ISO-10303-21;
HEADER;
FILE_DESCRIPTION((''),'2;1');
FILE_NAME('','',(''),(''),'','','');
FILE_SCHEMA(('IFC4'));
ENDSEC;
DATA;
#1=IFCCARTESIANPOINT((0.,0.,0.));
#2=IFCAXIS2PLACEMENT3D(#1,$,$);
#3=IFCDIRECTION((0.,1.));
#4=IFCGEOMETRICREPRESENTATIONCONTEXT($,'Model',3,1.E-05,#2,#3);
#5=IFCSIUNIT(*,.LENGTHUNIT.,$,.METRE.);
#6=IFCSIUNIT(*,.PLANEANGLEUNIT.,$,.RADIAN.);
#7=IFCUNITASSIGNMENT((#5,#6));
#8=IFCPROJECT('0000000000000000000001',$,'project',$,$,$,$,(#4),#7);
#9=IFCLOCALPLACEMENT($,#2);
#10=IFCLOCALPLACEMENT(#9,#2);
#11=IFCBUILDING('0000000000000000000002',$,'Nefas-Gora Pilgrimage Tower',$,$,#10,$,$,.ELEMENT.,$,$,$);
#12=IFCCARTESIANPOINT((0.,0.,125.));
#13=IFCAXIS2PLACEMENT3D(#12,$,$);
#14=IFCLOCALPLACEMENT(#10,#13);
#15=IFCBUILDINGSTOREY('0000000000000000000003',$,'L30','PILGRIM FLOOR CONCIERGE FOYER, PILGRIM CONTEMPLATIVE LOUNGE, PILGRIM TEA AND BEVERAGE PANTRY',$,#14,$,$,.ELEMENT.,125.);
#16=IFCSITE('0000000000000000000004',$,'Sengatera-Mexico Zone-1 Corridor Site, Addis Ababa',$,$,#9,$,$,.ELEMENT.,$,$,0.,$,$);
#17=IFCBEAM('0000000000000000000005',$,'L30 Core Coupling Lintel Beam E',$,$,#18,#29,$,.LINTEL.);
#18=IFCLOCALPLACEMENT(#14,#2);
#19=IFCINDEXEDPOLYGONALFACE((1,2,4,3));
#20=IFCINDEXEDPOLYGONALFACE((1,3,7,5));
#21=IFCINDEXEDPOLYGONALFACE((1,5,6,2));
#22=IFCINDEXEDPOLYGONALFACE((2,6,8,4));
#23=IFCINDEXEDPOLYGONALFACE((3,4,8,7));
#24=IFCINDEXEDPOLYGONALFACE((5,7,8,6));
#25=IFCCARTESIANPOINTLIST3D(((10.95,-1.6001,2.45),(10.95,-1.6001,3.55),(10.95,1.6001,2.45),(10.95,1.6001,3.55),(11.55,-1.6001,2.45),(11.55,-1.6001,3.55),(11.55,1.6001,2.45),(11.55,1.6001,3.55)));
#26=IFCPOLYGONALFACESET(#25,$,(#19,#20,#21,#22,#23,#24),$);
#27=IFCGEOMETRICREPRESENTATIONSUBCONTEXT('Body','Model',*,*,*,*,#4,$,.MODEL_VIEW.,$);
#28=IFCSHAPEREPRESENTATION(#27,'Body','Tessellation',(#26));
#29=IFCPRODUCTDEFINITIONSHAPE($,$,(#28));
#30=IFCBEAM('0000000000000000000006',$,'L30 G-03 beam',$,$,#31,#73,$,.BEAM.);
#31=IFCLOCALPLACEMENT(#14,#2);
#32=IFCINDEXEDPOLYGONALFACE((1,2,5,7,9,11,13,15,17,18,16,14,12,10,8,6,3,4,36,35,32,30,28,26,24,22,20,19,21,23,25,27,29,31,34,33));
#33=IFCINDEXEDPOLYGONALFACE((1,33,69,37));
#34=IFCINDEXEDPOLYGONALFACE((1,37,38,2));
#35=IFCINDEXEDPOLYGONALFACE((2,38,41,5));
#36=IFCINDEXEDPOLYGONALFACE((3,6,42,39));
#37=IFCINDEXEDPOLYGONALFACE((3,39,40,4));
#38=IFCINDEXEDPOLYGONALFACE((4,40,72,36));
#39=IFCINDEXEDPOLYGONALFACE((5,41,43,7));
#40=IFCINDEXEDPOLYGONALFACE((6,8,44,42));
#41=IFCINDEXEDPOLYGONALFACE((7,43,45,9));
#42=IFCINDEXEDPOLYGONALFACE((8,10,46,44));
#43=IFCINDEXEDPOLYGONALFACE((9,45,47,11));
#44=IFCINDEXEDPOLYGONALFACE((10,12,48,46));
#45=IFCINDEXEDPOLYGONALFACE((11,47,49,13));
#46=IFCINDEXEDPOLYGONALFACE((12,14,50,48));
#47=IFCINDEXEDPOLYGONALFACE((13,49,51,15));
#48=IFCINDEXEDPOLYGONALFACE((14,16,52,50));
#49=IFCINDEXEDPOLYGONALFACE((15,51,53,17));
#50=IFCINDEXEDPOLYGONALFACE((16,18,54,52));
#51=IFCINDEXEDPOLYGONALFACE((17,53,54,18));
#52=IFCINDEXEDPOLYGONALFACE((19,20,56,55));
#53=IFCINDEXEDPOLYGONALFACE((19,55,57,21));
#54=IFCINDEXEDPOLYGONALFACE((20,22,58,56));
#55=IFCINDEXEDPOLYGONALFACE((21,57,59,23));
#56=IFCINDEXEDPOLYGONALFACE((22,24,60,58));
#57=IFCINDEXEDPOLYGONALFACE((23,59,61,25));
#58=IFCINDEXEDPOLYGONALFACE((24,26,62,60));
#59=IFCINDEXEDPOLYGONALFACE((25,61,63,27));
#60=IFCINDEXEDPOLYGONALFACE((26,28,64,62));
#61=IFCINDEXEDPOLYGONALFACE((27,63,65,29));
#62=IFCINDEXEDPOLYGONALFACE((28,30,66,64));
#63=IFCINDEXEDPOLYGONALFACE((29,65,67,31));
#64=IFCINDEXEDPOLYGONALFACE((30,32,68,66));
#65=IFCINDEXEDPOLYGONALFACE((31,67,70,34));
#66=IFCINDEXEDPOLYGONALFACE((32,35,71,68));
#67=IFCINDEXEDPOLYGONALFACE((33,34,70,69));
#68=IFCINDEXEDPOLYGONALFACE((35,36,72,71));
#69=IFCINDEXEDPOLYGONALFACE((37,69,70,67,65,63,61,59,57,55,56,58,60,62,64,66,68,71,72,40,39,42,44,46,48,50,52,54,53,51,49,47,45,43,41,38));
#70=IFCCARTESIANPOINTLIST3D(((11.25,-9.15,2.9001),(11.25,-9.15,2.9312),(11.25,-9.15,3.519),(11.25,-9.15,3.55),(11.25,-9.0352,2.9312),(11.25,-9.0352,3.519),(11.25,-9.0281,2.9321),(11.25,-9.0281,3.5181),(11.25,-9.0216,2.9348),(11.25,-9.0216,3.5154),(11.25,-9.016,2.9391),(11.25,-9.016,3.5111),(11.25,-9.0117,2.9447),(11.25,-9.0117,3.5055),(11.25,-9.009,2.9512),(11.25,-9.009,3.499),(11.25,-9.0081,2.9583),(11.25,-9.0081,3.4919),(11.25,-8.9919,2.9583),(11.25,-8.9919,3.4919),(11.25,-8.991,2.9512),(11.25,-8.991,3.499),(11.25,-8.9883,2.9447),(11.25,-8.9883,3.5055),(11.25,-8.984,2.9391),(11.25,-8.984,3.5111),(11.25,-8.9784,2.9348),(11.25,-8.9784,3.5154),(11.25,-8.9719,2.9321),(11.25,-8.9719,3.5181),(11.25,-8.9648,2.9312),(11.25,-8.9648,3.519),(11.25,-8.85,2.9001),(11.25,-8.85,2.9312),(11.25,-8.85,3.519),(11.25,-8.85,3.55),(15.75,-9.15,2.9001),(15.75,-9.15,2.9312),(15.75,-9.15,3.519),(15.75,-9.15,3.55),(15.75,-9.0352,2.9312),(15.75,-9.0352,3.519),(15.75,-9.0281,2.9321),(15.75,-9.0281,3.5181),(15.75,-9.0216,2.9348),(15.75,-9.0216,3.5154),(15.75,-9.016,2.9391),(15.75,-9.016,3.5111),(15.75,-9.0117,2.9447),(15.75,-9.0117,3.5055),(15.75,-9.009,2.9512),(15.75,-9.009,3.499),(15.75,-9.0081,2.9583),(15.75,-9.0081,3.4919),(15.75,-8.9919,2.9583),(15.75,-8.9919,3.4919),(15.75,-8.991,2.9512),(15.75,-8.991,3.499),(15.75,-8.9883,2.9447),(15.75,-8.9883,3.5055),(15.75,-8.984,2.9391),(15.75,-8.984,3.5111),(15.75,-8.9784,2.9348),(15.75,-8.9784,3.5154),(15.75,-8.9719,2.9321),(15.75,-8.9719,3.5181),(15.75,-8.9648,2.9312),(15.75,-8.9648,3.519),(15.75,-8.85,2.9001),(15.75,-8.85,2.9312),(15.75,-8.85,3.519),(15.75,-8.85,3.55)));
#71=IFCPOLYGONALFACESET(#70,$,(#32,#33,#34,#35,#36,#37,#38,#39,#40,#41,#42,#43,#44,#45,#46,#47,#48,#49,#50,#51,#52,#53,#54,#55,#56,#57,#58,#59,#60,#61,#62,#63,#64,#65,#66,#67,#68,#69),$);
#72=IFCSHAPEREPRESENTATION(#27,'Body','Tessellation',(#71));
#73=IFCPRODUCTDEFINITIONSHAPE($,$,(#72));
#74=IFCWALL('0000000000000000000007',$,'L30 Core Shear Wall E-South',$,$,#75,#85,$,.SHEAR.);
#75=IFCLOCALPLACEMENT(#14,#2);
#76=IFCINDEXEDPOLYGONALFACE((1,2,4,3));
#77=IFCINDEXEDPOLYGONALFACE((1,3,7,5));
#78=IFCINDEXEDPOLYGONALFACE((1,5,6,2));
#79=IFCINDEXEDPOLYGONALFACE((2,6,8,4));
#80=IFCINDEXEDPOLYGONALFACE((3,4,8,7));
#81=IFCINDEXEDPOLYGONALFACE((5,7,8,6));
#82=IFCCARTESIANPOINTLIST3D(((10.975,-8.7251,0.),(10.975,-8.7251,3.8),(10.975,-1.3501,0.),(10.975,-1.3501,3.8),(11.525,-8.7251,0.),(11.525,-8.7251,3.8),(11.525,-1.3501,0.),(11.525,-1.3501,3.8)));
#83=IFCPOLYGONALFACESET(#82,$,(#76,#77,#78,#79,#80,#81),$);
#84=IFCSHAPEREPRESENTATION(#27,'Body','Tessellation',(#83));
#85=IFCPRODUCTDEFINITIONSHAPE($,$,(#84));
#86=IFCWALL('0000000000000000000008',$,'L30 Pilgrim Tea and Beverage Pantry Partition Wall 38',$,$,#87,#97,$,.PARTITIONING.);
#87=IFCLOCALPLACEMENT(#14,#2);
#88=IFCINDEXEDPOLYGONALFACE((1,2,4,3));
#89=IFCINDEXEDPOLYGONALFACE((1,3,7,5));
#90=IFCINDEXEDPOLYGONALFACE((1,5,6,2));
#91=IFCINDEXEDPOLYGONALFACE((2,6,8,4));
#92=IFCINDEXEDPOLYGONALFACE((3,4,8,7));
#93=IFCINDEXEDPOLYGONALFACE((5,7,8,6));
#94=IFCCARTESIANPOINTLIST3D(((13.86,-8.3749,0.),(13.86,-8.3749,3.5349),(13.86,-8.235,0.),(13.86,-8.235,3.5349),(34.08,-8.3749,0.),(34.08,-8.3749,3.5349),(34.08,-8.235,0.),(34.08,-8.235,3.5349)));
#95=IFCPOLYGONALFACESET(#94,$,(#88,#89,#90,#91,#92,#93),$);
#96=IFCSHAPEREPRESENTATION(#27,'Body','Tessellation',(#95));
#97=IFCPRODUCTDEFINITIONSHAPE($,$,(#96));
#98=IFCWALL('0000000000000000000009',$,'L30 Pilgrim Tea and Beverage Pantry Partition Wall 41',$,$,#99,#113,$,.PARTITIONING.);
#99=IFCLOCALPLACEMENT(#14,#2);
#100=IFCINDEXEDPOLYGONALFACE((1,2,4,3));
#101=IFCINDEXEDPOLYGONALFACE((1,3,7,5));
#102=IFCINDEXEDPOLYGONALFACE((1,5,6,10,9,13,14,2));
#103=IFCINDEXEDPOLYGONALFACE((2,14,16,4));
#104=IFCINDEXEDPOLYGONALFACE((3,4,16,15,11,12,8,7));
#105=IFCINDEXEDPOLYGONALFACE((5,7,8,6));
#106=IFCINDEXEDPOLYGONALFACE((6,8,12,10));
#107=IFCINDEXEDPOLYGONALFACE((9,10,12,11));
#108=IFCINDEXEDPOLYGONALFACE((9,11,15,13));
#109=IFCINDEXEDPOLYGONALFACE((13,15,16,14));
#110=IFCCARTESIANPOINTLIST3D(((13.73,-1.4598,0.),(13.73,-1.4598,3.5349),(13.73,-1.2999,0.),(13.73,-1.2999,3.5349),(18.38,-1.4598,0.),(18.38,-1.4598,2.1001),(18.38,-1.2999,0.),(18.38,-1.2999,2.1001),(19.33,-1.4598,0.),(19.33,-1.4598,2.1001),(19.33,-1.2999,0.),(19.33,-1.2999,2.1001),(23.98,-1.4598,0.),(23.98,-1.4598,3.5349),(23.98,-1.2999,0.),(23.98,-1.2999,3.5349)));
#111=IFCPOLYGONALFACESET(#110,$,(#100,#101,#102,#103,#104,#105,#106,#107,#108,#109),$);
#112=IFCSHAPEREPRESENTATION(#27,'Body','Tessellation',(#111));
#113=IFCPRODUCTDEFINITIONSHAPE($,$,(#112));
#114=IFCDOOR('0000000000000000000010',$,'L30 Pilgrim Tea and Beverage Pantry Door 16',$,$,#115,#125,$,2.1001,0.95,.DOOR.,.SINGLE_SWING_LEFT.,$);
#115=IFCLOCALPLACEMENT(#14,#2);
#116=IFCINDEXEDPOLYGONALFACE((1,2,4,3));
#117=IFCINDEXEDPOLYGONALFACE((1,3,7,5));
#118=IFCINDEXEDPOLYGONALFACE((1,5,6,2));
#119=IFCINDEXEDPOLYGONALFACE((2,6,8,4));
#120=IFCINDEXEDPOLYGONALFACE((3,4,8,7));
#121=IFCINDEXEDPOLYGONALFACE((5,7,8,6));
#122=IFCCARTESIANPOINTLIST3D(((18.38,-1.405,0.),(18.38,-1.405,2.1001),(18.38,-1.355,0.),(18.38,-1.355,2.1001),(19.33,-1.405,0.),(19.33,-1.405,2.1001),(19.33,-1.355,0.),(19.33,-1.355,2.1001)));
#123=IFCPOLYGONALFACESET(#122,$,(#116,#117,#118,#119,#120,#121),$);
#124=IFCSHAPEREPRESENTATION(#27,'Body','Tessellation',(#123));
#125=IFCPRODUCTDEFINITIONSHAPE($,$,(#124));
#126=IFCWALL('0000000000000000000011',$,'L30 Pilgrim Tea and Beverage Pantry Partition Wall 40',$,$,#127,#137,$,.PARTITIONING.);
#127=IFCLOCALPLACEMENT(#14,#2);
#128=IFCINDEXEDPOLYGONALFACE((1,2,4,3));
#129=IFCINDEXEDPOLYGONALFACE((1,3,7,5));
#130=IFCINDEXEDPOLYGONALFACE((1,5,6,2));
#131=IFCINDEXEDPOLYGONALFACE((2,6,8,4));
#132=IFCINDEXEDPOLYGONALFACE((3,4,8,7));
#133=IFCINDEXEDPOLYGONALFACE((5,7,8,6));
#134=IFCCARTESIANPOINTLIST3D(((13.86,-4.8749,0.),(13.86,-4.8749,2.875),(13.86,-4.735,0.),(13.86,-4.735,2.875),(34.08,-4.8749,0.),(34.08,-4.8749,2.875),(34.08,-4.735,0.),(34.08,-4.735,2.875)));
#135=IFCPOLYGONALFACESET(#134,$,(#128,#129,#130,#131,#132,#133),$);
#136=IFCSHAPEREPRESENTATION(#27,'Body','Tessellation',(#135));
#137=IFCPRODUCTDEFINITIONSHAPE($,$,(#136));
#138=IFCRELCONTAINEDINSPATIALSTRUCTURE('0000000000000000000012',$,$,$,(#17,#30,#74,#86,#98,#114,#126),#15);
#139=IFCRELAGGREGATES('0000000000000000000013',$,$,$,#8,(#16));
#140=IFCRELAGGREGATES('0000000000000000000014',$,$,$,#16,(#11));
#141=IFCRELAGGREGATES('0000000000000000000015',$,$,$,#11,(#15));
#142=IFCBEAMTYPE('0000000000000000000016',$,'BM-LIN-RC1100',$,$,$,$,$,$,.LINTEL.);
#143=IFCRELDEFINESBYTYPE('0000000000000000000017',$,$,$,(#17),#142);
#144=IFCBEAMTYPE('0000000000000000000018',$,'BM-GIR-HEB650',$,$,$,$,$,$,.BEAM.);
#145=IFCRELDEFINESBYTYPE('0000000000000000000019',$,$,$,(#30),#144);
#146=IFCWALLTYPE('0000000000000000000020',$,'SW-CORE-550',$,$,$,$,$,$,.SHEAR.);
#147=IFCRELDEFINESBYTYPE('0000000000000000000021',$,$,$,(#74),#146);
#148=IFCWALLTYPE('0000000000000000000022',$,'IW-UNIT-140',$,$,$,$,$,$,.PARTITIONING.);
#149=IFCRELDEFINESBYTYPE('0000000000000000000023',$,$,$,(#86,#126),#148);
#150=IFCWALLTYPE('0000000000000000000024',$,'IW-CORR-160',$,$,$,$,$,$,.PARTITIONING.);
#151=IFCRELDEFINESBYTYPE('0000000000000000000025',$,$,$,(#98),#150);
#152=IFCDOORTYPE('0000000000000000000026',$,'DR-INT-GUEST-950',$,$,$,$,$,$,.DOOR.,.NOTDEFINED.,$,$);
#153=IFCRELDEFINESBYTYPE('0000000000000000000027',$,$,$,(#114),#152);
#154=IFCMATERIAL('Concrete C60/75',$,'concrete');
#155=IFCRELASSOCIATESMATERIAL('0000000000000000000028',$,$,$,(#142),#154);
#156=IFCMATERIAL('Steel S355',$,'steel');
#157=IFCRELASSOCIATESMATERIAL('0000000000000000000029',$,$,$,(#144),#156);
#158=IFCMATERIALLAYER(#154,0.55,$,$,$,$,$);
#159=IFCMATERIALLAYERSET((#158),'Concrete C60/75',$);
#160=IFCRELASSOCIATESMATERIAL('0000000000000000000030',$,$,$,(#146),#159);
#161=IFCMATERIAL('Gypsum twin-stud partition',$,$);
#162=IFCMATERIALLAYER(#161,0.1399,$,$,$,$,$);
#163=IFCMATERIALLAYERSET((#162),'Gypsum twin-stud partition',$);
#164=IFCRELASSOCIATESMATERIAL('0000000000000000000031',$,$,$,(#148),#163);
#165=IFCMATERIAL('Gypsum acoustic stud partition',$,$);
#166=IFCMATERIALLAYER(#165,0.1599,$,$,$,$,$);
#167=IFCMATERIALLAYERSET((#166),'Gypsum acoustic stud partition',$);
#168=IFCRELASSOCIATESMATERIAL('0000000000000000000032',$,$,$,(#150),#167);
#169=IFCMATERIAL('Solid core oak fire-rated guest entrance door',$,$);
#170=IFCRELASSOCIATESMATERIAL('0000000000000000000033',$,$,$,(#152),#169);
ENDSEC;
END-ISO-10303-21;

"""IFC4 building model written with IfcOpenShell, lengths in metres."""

from ifc_helpers import new_model, si_unit, direction, frame, frame_2d, origin, origin_2d, place, context, subcontext, project, spatial, rectangle, i_section, extrude, source, transform, mapped, material, layer, layer_set, material_profile, profile_set, type_object, element, fill, save


model = new_model("IFC4")

# Units and contexts
model_context = context("Model", 3, precision=1e-05, world=origin(), true_north=direction((0.0, 1.0)))
body_context = subcontext(model_context, "Body", "Model", "MODEL_VIEW")
ifc_project = project(units=[si_unit("LENGTHUNIT", "METRE"), si_unit("PLANEANGLEUNIT", "RADIAN")], contexts=[model_context])

# Site, building, storey
site_placement = place(None, origin())
site = spatial("IfcSite", under=ifc_project, at=site_placement, Name="Sengatera-Mexico Zone-1 Corridor Site, Addis Ababa", CompositionType="ELEMENT", RefElevation=0.0)
building_placement = place(site_placement, origin())
building = spatial("IfcBuilding", under=site, at=building_placement, Name="Nefas-Gora Pilgrimage Tower", CompositionType="ELEMENT")
storey_placement = place(building_placement, frame((0.0, 0.0, 125.0)))
storey = spatial("IfcBuildingStorey", under=building, at=storey_placement, Name="L30", Description="PILGRIM FLOOR CONCIERGE FOYER, PILGRIM CONTEMPLATIVE LOUNGE, PILGRIM TEA AND BEVERAGE PANTRY", CompositionType="ELEMENT", Elevation=125.0)

# Beams
ifc_material_1 = material(Name="Concrete C60/75", Category="concrete")
ifc_material_profile_1 = material_profile(ifc_material_1, rectangle(XDim=0.6001, YDim=1.1001, at=origin_2d()), Name="RC 600x1100")
ifc_profile_set_1 = profile_set([ifc_material_profile_1], Name="Concrete C60/75")
beam_type_1 = type_object("IfcBeamType", Name="BM-LIN-RC1100", PredefinedType="LINTEL", material=ifc_profile_set_1)
shared_shape_1 = source(origin(), body_context, "Body", "SweptSolid", [
    extrude(rectangle(XDim=0.6001, YDim=1.1001, at=origin_2d()), origin(), (0.0, 0.0, 1.0), 3.2002),
])
beam_1_placement = place(storey_placement, frame((11.25, -1.6001, 3.0), z_axis=(0.0, 1.0, 0.0), x_axis=(-1.0, 0.0, 0.0)))
element("IfcBeam", 1, at=beam_1_placement, inside=storey, type_object=beam_type_1, Name="L30 Core Coupling Lintel Beam E", PredefinedType="LINTEL", context=body_context, shape_type="MappedRepresentation", body=[
    mapped(shared_shape_1, transform((0.0, 0.0, 0.0), x_axis=(1.0, 0.0, 0.0), y_axis=(0.0, 1.0, 0.0), z_axis=(0.0, 0.0, 1.0), scale=1.0)),
])
ifc_material_2 = material(Name="Steel S355", Category="steel")
ifc_material_profile_2 = material_profile(ifc_material_2, i_section(OverallWidth=0.3, OverallDepth=0.6499, WebThickness=0.0161, FlangeThickness=0.031, FilletRadius=0.0271, at=origin_2d()), Name="HEB 650")
ifc_profile_set_2 = profile_set([ifc_material_profile_2], Name="Steel S355")
beam_type_2 = type_object("IfcBeamType", Name="BM-GIR-HEB650", PredefinedType="BEAM", material=ifc_profile_set_2)
shared_shape_2 = source(origin(), body_context, "Body", "SweptSolid", [
    extrude(i_section(OverallWidth=0.3, OverallDepth=0.6499, WebThickness=0.0161, FlangeThickness=0.031, FilletRadius=0.0271, at=origin_2d()), origin(), (0.0, 0.0, 1.0), 4.5),
])
beam_2_placement = place(storey_placement, frame((11.25, -9.0, 3.2251), z_axis=(1.0, 0.0, 0.0), x_axis=(0.0, 1.0, 0.0)))
element("IfcBeam", 2, at=beam_2_placement, inside=storey, type_object=beam_type_2, Name="L30 G-03 beam", PredefinedType="BEAM", context=body_context, shape_type="MappedRepresentation", body=[
    mapped(shared_shape_2, transform((0.0, 0.0, 0.0), x_axis=(1.0, 0.0, 0.0), y_axis=(0.0, 1.0, 0.0), z_axis=(0.0, 0.0, 1.0), scale=1.0)),
])

# Wall
ifc_layer_1 = layer(ifc_material_1, 0.55)
ifc_layer_set_1 = layer_set([ifc_layer_1], Name="Concrete C60/75")
wall_type_1 = type_object("IfcWallType", Name="SW-CORE-550", PredefinedType="SHEAR", material=ifc_layer_set_1)
shared_shape_3 = source(origin(), body_context, "Body", "SweptSolid", [
    extrude(rectangle(XDim=7.375, YDim=0.55, at=frame_2d((3.6875, 0.0))), origin(), (0.0, 0.0, 1.0), 3.8),
])
wall_1_placement = place(storey_placement, frame((11.25, -8.7251, 0.0), z_axis=(0.0, 0.0, 1.0), x_axis=(0.0, 1.0, 0.0)))
element("IfcWall", 3, at=wall_1_placement, inside=storey, type_object=wall_type_1, Name="L30 Core Shear Wall E-South", PredefinedType="SHEAR", context=body_context, shape_type="MappedRepresentation", body=[
    mapped(shared_shape_3, transform((0.0, 0.0, 0.0), x_axis=(1.0, 0.0, 0.0), y_axis=(0.0, 1.0, 0.0), z_axis=(0.0, 0.0, 1.0), scale=1.0)),
])

# Wall
ifc_material_3 = material(Name="Gypsum twin-stud partition")
ifc_layer_2 = layer(ifc_material_3, 0.1399)
ifc_layer_set_2 = layer_set([ifc_layer_2], Name="Gypsum twin-stud partition")
wall_type_2 = type_object("IfcWallType", Name="IW-UNIT-140", PredefinedType="PARTITIONING", material=ifc_layer_set_2)
shared_shape_4 = source(origin(), body_context, "Body", "SweptSolid", [
    extrude(rectangle(XDim=20.22, YDim=0.1399, at=frame_2d((10.1099, 0.0))), origin(), (0.0, 0.0, 1.0), 3.5349),
])
wall_2_placement = place(storey_placement, frame((13.8601, -8.3049, 0.0), z_axis=(0.0, 0.0, 1.0), x_axis=(1.0, 0.0, 0.0)))
element("IfcWall", 4, at=wall_2_placement, inside=storey, type_object=wall_type_2, Name="L30 Pilgrim Tea and Beverage Pantry Partition Wall 38", PredefinedType="PARTITIONING", context=body_context, shape_type="MappedRepresentation", body=[
    mapped(shared_shape_4, transform((0.0, 0.0, 0.0), x_axis=(1.0, 0.0, 0.0), y_axis=(0.0, 1.0, 0.0), z_axis=(0.0, 0.0, 1.0), scale=1.0)),
])

# Wall, opening, door
ifc_material_4 = material(Name="Gypsum acoustic stud partition")
ifc_layer_3 = layer(ifc_material_4, 0.1599)
ifc_layer_set_3 = layer_set([ifc_layer_3], Name="Gypsum acoustic stud partition")
wall_type_3 = type_object("IfcWallType", Name="IW-CORR-160", PredefinedType="PARTITIONING", material=ifc_layer_set_3)
shared_shape_5 = source(origin(), body_context, "Body", "SweptSolid", [
    extrude(rectangle(XDim=10.25, YDim=0.1599, at=frame_2d((5.125, 0.0))), origin(), (0.0, 0.0, 1.0), 3.5349),
])
wall_3_placement = place(storey_placement, frame((13.73, -1.3799, 0.0), z_axis=(0.0, 0.0, 1.0), x_axis=(1.0, 0.0, 0.0)))
wall_3 = element("IfcWall", 5, at=wall_3_placement, inside=storey, type_object=wall_type_3, Name="L30 Pilgrim Tea and Beverage Pantry Partition Wall 41", PredefinedType="PARTITIONING", context=body_context, shape_type="MappedRepresentation", body=[
    mapped(shared_shape_5, transform((0.0, 0.0, 0.0), x_axis=(1.0, 0.0, 0.0), y_axis=(0.0, 1.0, 0.0), z_axis=(0.0, 0.0, 1.0), scale=1.0)),
])
opening_1_placement = place(wall_3_placement, frame((4.6499, 0.0, 0.0)))
opening_1 = element("IfcOpeningElement", 6, at=opening_1_placement, cuts=wall_3, PredefinedType="OPENING", context=body_context, shape_type="SweptSolid", body=[
    extrude(rectangle(XDim=0.95, YDim=2.1001, at=frame_2d((0.4751, 1.05))), frame((0.0, 0.0898, 0.0), z_axis=(0.0, -1.0, 0.0), x_axis=(1.0, 0.0, 0.0)), (0.0, 0.0, 1.0), 0.1799),
])
ifc_material_5 = material(Name="Solid core oak fire-rated guest entrance door")
door_type_1 = type_object("IfcDoorType", Name="DR-INT-GUEST-950", OperationType="NOTDEFINED", PredefinedType="DOOR", material=ifc_material_5)
shared_shape_6 = source(origin(), body_context, "Body", "SweptSolid", [
    extrude(rectangle(XDim=0.95, YDim=2.1001, at=frame_2d((0.4751, 1.05))), frame((0.0, 0.0249, 0.0), z_axis=(0.0, -1.0, 0.0), x_axis=(1.0, 0.0, 0.0)), (0.0, 0.0, 1.0), 0.05),
])
door_1_placement = place(opening_1_placement, origin())
door_1 = element("IfcDoor", 7, at=door_1_placement, inside=storey, type_object=door_type_1, Name="L30 Pilgrim Tea and Beverage Pantry Door 16", OperationType="SINGLE_SWING_LEFT", OverallHeight=2.1001, OverallWidth=0.95, PredefinedType="DOOR", context=body_context, shape_type="MappedRepresentation", body=[
    mapped(shared_shape_6, transform((0.0, 0.0, 0.0), x_axis=(1.0, 0.0, 0.0), y_axis=(0.0, 1.0, 0.0), z_axis=(0.0, 0.0, 1.0), scale=1.0)),
])
fill(opening_1, door_1)

# Wall
shared_shape_7 = source(origin(), body_context, "Body", "SweptSolid", [
    extrude(rectangle(XDim=20.22, YDim=0.1399, at=frame_2d((10.1099, 0.0))), origin(), (0.0, 0.0, 1.0), 2.875),
])
wall_4_placement = place(storey_placement, frame((13.8601, -4.8049, 0.0), z_axis=(0.0, 0.0, 1.0), x_axis=(1.0, 0.0, 0.0)))
element("IfcWall", 8, at=wall_4_placement, inside=storey, type_object=wall_type_2, Name="L30 Pilgrim Tea and Beverage Pantry Partition Wall 40", PredefinedType="PARTITIONING", context=body_context, shape_type="MappedRepresentation", body=[
    mapped(shared_shape_7, transform((0.0, 0.0, 0.0), x_axis=(1.0, 0.0, 0.0), y_axis=(0.0, 1.0, 0.0), z_axis=(0.0, 0.0, 1.0), scale=1.0)),
])

save(model, "model.ifc")
